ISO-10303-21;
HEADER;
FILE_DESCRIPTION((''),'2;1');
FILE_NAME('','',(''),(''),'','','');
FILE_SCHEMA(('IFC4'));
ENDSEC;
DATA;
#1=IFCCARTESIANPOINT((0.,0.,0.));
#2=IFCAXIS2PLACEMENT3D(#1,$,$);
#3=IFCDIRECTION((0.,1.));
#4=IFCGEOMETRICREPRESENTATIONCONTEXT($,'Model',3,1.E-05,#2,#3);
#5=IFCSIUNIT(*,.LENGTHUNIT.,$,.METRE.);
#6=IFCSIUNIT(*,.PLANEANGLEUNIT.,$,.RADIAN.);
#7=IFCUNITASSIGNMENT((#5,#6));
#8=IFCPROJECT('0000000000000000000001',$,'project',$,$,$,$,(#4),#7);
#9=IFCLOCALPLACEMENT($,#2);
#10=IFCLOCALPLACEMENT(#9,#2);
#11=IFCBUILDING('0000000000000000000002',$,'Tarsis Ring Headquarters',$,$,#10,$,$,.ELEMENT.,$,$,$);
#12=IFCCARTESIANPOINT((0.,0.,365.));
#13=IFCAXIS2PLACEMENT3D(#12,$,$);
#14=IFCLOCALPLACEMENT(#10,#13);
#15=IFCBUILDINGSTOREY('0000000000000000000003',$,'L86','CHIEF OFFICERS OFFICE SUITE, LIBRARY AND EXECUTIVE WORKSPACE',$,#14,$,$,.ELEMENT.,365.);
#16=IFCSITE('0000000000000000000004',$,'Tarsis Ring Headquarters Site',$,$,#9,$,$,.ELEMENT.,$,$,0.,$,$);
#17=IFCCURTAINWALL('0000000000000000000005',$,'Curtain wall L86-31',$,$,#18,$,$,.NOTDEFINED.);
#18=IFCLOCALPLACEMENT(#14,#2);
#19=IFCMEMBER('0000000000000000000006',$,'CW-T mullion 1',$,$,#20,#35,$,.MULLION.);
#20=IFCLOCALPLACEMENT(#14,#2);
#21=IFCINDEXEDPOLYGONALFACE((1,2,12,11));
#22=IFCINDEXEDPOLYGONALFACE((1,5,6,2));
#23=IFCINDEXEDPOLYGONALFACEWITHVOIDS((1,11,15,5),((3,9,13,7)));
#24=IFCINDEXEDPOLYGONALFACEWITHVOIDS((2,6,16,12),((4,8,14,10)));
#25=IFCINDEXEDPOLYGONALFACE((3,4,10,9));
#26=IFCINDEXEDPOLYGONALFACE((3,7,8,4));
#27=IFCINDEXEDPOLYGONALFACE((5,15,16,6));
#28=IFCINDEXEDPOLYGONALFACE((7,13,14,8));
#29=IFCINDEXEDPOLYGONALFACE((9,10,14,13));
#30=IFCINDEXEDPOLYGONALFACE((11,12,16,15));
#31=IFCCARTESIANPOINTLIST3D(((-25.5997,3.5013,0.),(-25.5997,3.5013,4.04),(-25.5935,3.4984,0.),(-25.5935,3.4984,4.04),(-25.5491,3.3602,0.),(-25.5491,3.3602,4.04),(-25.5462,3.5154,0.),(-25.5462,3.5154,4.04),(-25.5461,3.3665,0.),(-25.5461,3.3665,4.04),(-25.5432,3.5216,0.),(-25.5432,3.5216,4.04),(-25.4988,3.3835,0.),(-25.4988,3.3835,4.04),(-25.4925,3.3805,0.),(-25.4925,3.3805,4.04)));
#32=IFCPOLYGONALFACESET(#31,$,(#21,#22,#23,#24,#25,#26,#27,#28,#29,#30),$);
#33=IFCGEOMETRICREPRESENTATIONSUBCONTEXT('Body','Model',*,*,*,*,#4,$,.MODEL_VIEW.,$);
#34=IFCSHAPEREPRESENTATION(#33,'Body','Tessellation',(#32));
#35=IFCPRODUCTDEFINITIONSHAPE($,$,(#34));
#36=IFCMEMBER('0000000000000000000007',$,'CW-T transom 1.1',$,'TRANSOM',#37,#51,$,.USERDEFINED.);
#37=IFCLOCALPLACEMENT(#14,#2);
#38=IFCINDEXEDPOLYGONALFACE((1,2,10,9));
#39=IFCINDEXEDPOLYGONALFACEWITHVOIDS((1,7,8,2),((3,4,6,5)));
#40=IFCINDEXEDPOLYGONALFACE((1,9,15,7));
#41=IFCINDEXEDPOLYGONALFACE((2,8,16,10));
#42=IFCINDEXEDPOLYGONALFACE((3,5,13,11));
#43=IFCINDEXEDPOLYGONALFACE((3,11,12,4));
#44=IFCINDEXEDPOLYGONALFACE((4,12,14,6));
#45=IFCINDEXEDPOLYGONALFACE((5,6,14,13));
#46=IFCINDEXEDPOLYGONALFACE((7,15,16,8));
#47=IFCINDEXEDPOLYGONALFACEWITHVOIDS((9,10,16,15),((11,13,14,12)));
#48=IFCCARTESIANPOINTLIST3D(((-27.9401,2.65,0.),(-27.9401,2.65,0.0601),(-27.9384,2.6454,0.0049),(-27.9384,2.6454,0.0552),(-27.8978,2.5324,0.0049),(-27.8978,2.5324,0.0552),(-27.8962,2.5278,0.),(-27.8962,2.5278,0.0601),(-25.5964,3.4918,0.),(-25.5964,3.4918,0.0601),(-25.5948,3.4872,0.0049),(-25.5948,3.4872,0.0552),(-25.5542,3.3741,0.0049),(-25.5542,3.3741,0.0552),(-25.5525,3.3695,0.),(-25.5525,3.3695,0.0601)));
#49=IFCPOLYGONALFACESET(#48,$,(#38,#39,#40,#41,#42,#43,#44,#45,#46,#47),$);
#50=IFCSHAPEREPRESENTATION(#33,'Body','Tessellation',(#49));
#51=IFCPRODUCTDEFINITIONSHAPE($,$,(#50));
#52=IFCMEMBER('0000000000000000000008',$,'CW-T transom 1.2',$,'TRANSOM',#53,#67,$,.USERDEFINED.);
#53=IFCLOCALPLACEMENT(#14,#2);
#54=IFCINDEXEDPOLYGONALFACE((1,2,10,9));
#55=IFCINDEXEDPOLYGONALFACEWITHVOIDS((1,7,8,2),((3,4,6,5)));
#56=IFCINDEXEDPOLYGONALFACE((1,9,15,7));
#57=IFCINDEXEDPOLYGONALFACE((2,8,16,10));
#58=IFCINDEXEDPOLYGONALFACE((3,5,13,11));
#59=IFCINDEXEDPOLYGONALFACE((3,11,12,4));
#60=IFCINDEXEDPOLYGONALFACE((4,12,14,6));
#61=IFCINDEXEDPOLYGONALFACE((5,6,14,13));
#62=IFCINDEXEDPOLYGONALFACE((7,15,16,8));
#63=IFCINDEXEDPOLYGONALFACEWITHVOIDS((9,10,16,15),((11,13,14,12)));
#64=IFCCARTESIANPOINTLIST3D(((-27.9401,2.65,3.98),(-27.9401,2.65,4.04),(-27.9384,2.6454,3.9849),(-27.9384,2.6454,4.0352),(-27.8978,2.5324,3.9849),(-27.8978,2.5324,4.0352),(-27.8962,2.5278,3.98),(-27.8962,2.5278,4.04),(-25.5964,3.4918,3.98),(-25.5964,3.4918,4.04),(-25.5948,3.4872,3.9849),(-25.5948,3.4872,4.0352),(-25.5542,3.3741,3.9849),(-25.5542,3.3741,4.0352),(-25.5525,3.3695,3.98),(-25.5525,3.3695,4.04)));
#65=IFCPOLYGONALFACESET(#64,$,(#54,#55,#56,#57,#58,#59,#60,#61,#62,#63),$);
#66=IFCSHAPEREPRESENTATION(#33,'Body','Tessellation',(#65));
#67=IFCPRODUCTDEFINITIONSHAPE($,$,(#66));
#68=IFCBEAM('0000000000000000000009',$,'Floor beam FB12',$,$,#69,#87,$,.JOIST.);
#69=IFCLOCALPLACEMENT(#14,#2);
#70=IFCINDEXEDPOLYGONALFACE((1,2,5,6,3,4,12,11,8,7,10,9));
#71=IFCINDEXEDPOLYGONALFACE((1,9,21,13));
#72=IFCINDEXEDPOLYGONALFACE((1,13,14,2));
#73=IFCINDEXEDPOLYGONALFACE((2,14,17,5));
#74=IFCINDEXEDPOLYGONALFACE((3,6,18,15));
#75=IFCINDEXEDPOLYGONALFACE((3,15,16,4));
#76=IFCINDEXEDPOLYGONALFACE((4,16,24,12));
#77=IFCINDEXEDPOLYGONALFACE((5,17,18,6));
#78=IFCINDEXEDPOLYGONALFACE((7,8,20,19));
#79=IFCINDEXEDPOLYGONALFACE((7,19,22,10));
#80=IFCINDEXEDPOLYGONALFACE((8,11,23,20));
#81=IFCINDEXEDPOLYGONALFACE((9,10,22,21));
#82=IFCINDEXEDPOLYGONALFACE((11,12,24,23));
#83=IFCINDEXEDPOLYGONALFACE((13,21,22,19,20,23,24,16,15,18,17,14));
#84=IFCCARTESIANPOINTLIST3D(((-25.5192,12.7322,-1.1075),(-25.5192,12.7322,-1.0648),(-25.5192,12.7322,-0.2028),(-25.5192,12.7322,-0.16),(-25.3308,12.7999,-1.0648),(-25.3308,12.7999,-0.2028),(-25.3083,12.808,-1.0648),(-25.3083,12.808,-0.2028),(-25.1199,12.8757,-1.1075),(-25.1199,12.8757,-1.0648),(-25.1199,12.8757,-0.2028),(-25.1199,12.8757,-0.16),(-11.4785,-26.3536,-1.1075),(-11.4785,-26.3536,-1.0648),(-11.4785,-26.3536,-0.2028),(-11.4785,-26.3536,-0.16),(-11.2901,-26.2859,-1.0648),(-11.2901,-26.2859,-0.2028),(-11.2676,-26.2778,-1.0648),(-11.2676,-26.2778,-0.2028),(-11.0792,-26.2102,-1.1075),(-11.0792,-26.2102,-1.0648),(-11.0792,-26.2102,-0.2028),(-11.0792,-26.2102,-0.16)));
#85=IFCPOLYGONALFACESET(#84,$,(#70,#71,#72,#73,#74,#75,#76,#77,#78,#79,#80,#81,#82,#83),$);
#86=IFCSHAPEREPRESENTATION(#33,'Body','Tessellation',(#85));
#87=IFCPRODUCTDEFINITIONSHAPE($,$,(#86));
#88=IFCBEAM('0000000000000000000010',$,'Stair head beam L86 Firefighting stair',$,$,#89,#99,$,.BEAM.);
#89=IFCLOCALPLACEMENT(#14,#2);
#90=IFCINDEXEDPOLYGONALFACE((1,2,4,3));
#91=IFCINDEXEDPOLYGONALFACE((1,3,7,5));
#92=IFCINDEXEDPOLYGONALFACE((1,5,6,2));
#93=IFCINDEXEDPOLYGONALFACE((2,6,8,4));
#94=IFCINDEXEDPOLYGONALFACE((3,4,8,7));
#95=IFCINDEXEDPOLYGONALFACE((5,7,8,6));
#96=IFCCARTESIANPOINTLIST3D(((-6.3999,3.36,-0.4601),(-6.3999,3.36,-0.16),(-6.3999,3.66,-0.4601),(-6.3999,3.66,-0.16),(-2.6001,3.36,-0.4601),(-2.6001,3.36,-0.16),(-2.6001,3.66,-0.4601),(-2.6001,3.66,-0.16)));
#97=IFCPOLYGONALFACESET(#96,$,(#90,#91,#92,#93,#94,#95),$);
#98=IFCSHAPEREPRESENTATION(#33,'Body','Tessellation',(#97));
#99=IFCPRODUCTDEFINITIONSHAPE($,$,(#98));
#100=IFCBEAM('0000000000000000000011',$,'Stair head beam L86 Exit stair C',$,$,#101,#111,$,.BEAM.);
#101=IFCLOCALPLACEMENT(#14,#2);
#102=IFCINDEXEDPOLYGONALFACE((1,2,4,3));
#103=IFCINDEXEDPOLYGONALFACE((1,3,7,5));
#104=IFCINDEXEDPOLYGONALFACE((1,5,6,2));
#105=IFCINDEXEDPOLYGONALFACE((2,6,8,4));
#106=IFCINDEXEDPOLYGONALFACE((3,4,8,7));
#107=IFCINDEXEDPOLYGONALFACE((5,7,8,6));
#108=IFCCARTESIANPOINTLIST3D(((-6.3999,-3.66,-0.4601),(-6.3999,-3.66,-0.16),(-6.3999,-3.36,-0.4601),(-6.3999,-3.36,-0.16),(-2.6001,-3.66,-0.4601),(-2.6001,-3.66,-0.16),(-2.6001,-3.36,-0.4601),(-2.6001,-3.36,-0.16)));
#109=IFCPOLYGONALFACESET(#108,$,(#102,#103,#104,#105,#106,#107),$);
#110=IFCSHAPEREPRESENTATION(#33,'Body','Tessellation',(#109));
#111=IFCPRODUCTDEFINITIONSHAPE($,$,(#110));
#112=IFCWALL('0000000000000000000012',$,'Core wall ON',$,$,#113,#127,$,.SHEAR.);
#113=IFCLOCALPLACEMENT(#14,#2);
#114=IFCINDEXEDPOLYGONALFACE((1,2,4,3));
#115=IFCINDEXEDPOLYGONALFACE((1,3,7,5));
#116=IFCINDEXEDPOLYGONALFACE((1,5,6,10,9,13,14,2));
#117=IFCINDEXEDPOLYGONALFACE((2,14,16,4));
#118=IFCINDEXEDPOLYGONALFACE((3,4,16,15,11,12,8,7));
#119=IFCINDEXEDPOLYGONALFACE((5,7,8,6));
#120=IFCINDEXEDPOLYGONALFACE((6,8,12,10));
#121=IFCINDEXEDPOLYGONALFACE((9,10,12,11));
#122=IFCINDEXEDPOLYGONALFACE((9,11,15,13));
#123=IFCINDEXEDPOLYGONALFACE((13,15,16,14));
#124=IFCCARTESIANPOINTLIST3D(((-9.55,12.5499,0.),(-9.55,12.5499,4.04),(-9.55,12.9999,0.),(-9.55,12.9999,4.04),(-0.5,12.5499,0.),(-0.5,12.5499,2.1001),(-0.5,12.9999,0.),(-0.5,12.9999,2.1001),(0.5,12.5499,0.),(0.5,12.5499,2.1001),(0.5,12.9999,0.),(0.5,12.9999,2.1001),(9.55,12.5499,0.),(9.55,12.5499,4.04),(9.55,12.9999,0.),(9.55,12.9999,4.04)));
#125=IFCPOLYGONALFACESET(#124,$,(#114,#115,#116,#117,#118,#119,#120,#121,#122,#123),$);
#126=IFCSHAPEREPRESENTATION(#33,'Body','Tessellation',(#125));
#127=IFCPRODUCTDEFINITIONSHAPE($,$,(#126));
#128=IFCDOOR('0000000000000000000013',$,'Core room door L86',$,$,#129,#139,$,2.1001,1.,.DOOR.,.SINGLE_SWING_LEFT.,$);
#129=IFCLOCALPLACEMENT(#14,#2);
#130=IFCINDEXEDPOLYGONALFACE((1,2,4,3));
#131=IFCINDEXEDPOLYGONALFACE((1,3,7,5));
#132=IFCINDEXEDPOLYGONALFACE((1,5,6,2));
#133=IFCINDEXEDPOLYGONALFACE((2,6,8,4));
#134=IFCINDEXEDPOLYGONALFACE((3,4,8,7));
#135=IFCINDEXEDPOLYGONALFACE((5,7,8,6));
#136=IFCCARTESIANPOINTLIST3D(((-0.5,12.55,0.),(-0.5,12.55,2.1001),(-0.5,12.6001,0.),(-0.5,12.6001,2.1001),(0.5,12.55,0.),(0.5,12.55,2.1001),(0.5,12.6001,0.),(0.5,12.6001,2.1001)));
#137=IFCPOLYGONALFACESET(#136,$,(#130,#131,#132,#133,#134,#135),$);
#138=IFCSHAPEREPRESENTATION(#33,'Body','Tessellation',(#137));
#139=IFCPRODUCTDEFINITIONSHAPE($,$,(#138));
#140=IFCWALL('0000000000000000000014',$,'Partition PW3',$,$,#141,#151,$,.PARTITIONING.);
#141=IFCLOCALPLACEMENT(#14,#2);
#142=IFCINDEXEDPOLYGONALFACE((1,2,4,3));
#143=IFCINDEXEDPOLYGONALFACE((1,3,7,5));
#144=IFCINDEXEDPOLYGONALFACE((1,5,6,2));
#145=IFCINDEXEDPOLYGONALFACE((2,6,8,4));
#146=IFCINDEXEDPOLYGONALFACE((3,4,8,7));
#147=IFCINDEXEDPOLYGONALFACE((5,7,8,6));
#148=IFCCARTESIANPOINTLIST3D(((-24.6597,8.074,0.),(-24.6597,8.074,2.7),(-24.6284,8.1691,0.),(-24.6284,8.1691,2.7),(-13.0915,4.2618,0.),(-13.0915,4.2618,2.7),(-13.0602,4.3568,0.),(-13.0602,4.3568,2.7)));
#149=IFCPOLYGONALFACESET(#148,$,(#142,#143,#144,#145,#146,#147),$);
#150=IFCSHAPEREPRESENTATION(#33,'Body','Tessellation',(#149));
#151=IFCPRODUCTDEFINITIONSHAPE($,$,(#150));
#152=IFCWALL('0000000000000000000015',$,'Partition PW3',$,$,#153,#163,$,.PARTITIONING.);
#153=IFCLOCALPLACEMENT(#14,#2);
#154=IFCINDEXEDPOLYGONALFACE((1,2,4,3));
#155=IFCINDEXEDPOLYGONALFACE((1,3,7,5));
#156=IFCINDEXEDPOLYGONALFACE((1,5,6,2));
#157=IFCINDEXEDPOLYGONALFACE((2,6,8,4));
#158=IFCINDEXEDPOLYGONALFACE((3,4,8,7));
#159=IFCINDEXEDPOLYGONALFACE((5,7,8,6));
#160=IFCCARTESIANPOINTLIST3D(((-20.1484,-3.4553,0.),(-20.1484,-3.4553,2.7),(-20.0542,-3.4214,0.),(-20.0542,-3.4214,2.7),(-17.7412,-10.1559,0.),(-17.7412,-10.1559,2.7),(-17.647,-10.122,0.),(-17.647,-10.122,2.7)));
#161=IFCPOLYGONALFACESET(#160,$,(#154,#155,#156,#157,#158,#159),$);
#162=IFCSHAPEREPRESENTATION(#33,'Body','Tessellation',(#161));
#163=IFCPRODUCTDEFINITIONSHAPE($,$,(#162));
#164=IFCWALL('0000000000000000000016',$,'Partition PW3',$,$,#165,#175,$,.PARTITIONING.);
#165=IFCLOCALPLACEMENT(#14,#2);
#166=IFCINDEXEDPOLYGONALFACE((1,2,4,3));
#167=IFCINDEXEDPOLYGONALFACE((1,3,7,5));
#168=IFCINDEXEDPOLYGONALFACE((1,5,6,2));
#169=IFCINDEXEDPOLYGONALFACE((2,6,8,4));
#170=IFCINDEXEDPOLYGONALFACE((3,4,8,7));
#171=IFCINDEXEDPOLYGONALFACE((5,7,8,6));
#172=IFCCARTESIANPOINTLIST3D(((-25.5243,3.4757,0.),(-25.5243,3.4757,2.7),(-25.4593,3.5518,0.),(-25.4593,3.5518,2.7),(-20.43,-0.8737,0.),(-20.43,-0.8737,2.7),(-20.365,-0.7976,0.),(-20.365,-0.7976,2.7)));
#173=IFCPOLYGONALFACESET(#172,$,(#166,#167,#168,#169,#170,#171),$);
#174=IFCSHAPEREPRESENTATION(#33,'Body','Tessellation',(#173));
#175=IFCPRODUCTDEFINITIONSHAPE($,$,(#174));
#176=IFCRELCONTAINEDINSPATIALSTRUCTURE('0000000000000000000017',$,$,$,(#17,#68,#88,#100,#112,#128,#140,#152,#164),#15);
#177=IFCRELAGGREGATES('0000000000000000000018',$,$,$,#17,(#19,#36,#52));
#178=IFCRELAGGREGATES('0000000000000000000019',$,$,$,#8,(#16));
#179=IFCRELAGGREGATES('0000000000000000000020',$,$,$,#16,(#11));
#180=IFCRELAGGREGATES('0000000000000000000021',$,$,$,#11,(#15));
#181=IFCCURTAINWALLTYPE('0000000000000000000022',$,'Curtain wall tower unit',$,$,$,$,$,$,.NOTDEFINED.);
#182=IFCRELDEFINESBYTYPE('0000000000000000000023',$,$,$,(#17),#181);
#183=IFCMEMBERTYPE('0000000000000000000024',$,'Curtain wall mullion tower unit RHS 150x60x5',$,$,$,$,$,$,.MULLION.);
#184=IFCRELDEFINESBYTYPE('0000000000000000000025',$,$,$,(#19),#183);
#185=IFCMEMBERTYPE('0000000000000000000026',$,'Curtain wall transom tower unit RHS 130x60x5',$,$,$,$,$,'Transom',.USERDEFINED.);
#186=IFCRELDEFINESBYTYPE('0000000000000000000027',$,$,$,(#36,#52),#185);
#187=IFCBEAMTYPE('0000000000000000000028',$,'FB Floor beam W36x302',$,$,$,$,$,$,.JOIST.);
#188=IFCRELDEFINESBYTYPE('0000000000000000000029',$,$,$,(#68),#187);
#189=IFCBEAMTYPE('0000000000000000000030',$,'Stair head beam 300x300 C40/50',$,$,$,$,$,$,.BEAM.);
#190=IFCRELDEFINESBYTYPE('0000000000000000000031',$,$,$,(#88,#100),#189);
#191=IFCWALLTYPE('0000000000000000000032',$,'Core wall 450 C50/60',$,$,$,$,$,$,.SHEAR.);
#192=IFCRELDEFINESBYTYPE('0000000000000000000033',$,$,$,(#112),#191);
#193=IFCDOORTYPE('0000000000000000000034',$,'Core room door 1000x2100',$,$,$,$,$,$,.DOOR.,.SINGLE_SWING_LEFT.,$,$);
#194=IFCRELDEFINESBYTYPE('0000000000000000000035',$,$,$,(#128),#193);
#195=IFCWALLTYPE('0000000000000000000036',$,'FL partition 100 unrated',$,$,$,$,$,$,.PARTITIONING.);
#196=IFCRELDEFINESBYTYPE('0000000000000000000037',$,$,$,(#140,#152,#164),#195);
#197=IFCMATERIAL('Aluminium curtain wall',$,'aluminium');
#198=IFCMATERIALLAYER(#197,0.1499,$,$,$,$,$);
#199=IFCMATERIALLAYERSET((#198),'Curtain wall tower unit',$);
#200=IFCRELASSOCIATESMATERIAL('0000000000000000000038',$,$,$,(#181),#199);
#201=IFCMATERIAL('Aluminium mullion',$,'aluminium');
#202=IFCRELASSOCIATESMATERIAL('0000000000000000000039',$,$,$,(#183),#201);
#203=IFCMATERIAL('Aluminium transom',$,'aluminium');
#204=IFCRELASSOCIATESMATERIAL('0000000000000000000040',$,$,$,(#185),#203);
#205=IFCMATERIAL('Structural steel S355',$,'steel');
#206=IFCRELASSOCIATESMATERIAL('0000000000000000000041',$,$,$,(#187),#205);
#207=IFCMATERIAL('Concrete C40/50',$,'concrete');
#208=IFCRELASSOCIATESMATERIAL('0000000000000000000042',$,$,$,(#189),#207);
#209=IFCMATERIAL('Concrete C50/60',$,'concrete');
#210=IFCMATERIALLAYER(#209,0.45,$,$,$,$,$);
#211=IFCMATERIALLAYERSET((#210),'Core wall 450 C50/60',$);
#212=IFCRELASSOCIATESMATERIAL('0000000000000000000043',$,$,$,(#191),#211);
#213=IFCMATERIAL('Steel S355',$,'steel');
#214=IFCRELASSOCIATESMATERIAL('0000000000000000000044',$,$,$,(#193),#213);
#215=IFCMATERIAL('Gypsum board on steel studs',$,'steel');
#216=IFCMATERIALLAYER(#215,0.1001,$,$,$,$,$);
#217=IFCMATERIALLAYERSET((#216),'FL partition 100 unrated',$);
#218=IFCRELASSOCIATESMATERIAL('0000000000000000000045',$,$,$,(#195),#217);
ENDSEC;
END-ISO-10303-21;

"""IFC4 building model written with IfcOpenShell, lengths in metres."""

from ifc_helpers import new_model, si_unit, direction, frame, frame_2d, origin, origin_2d, place, context, subcontext, project, spatial, rectangle, hollow_rectangle, i_section, extrude, material, layer, layer_set, material_profile, profile_set, type_object, element, fill, aggregate, save


model = new_model("IFC4")

# Units and contexts
model_context = context("Model", 3, precision=1e-05, world=origin(), true_north=direction((0.0, 1.0)))
body_context = subcontext(model_context, "Body", "Model", "MODEL_VIEW")
ifc_project = project(units=[si_unit("LENGTHUNIT", "METRE"), si_unit("PLANEANGLEUNIT", "RADIAN")], contexts=[model_context])

# Site, building, storey
site_placement = place(None, origin())
site = spatial("IfcSite", under=ifc_project, at=site_placement, Name="Tarsis Ring Headquarters Site", CompositionType="ELEMENT", RefElevation=0.0)
building_placement = place(site_placement, origin())
building = spatial("IfcBuilding", under=site, at=building_placement, Name="Tarsis Ring Headquarters", CompositionType="ELEMENT")
storey_placement = place(building_placement, frame((0.0, 0.0, 365.0)))
storey = spatial("IfcBuildingStorey", under=building, at=storey_placement, Name="L86", Description="CHIEF OFFICERS OFFICE SUITE, LIBRARY AND EXECUTIVE WORKSPACE", CompositionType="ELEMENT", Elevation=365.0)

# Curtain wall, members
ifc_material_1 = material(Name="Aluminium curtain wall", Category="aluminium")
ifc_layer_1 = layer(ifc_material_1, 0.1499)
ifc_layer_set_1 = layer_set([ifc_layer_1], Name="Curtain wall tower unit")
curtain_wall_type = type_object("IfcCurtainWallType", Name="Curtain wall tower unit", PredefinedType="NOTDEFINED", material=ifc_layer_set_1)
curtain_wall_placement = place(storey_placement, origin())
curtain_wall = element("IfcCurtainWall", 1, at=curtain_wall_placement, inside=storey, type_object=curtain_wall_type, Name="Curtain wall L86-31", PredefinedType="NOTDEFINED")
ifc_material_2 = material(Name="Aluminium mullion", Category="aluminium")
ifc_material_profile_1 = material_profile(ifc_material_2, hollow_rectangle(XDim=0.1499, YDim=0.0601, WallThickness=0.0049, at=origin_2d()), Name="RHS 150x60x5")
ifc_profile_set_1 = profile_set([ifc_material_profile_1], Name="Aluminium mullion")
member_type_1 = type_object("IfcMemberType", Name="Curtain wall mullion tower unit RHS 150x60x5", PredefinedType="MULLION", material=ifc_profile_set_1)
member_1_placement = place(storey_placement, frame((-25.5461, 3.4409, 0.0), z_axis=(0.0, 0.0, 1.0), x_axis=(0.338081, -0.941117, 0.0)))
member_1 = element("IfcMember", 2, at=member_1_placement, type_object=member_type_1, Name="CW-T mullion 1", PredefinedType="MULLION", context=body_context, shape_type="SweptSolid", body=[
    extrude(hollow_rectangle(XDim=0.1499, YDim=0.0601, WallThickness=0.0049, at=origin_2d()), origin(), (0.0, 0.0, 1.0), 4.04),
])
ifc_material_3 = material(Name="Aluminium transom", Category="aluminium")
ifc_material_profile_2 = material_profile(ifc_material_3, hollow_rectangle(XDim=0.1299, YDim=0.0601, WallThickness=0.0049, at=origin_2d()), Name="RHS 130x60x5")
ifc_profile_set_2 = profile_set([ifc_material_profile_2], Name="Aluminium transom")
member_type_2 = type_object("IfcMemberType", Name="Curtain wall transom tower unit RHS 130x60x5", ElementType="Transom", PredefinedType="USERDEFINED", material=ifc_profile_set_2)
member_2_placement = place(storey_placement, frame((-25.5745, 3.4307, 0.03), z_axis=(-0.941137, -0.338025, 0.0), x_axis=(0.338025, -0.941137, 0.0)))
member_2 = element("IfcMember", 3, at=member_2_placement, type_object=member_type_2, Name="CW-T transom 1.1", ObjectType="TRANSOM", PredefinedType="USERDEFINED", context=body_context, shape_type="SweptSolid", body=[
    extrude(hollow_rectangle(XDim=0.1299, YDim=0.0601, WallThickness=0.0049, at=origin_2d()), origin(), (0.0, 0.0, 1.0), 2.4902),
])
member_3_placement = place(storey_placement, frame((-25.5745, 3.4307, 4.01), z_axis=(-0.941137, -0.338025, 0.0), x_axis=(0.338025, -0.941137, 0.0)))
member_3 = element("IfcMember", 4, at=member_3_placement, type_object=member_type_2, Name="CW-T transom 1.2", ObjectType="TRANSOM", PredefinedType="USERDEFINED", context=body_context, shape_type="SweptSolid", body=[
    extrude(hollow_rectangle(XDim=0.1299, YDim=0.0601, WallThickness=0.0049, at=origin_2d()), origin(), (0.0, 0.0, 1.0), 2.4902),
])
aggregate(curtain_wall, [member_1, member_2, member_3])

# Beams
ifc_material_4 = material(Name="Structural steel S355", Category="steel")
ifc_material_profile_3 = material_profile(ifc_material_4, i_section(OverallWidth=0.4243, OverallDepth=0.9475, WebThickness=0.0239, FlangeThickness=0.0427, at=origin_2d()), Name="W36x302")
ifc_profile_set_3 = profile_set([ifc_material_profile_3], Name="Structural steel S355")
beam_type_1 = type_object("IfcBeamType", Name="FB Floor beam W36x302", PredefinedType="JOIST", material=ifc_profile_set_3)
beam_placement = place(storey_placement, frame((-25.3196, 12.804, -0.6338), z_axis=(0.338076, -0.941119, 0.0), x_axis=(0.941119, 0.338076, 0.0)))
element("IfcBeam", 5, at=beam_placement, inside=storey, type_object=beam_type_1, Name="Floor beam FB12", PredefinedType="JOIST", context=body_context, shape_type="SweptSolid", body=[
    extrude(i_section(OverallWidth=0.4243, OverallDepth=0.9475, WebThickness=0.0239, FlangeThickness=0.0427, at=origin_2d()), origin(), (0.0, 0.0, 1.0), 41.5312),
])
ifc_material_5 = material(Name="Concrete C40/50", Category="concrete")
ifc_material_profile_4 = material_profile(ifc_material_5, rectangle(XDim=0.3, YDim=0.3, at=origin_2d()), Name="Stair head beam 300x300 C40/50")
ifc_profile_set_4 = profile_set([ifc_material_profile_4], Name="Concrete C40/50")
beam_type_2 = type_object("IfcBeamType", Name="Stair head beam 300x300 C40/50", PredefinedType="BEAM", material=ifc_profile_set_4)
for number, where, z_axis, x_axis, name in (
    (6, (-6.3999, 3.51, -0.3101), (1.0, 0.0, 0.0), (0.0, 1.0, 0.0), "Stair head beam L86 Firefighting stair"),
    (7, (-6.3999, -3.51, -0.3101), (1.0, 0.0, 0.0), (0.0, 1.0, 0.0), "Stair head beam L86 Exit stair C"),
):
    element("IfcBeam", number, at=place(storey_placement, frame(where, z_axis=z_axis, x_axis=x_axis)), inside=storey, type_object=beam_type_2, Name=name, PredefinedType="BEAM", context=body_context, shape_type="SweptSolid", body=[
        extrude(rectangle(XDim=0.3, YDim=0.3, at=origin_2d()), origin(), (0.0, 0.0, 1.0), 3.7998),
    ])

# Wall, opening, door
ifc_material_6 = material(Name="Concrete C50/60", Category="concrete")
ifc_layer_2 = layer(ifc_material_6, 0.45)
ifc_layer_set_2 = layer_set([ifc_layer_2], Name="Core wall 450 C50/60")
wall_type_1 = type_object("IfcWallType", Name="Core wall 450 C50/60", PredefinedType="SHEAR", material=ifc_layer_set_2)
wall_1_placement = place(storey_placement, frame((-9.55, 12.7749, 0.0), z_axis=(0.0, 0.0, 1.0), x_axis=(1.0, 0.0, 0.0)))
wall_1 = element("IfcWall", 8, at=wall_1_placement, inside=storey, type_object=wall_type_1, Name="Core wall ON", PredefinedType="SHEAR", context=body_context, shape_type="SweptSolid", body=[
    extrude(rectangle(XDim=19.1001, YDim=0.45, at=frame_2d((9.55, 0.0))), origin(), (0.0, 0.0, 1.0), 4.04),
])
opening_1_placement = place(wall_1_placement, frame((9.05, 0.0, 0.0)))
opening_1 = element("IfcOpeningElement", 9, at=opening_1_placement, cuts=wall_1, PredefinedType="OPENING", context=body_context, shape_type="SweptSolid", body=[
    extrude(rectangle(XDim=1.0, YDim=2.1001, at=frame_2d((0.5, 1.05))), frame((0.0, 0.2349, 0.0), z_axis=(0.0, -1.0, 0.0), x_axis=(1.0, 0.0, 0.0)), (0.0, 0.0, 1.0), 0.47),
])
ifc_material_7 = material(Name="Steel S355", Category="steel")
door_type_1 = type_object("IfcDoorType", Name="Core room door 1000x2100", OperationType="SINGLE_SWING_LEFT", PredefinedType="DOOR", material=ifc_material_7)
door_1_placement = place(opening_1_placement, origin())
door_1 = element("IfcDoor", 10, at=door_1_placement, inside=storey, type_object=door_type_1, Name="Core room door L86", OperationType="SINGLE_SWING_LEFT", OverallHeight=2.1001, OverallWidth=1.0, PredefinedType="DOOR", context=body_context, shape_type="SweptSolid", body=[
    extrude(rectangle(XDim=1.0, YDim=2.1001, at=frame_2d((0.5, 1.05))), frame((0.0, -0.1748, 0.0), z_axis=(0.0, -1.0, 0.0), x_axis=(1.0, 0.0, 0.0)), (0.0, 0.0, 1.0), 0.05),
])
fill(opening_1, door_1)

# Walls
ifc_material_8 = material(Name="Gypsum board on steel studs", Category="steel")
ifc_layer_3 = layer(ifc_material_8, 0.1001)
ifc_layer_set_3 = layer_set([ifc_layer_3], Name="FL partition 100 unrated")
wall_type_2 = type_object("IfcWallType", Name="FL partition 100 unrated", PredefinedType="PARTITIONING", material=ifc_layer_set_3)
wall_2_placement = place(storey_placement, frame((-24.644, 8.1216, 0.0), z_axis=(0.0, 0.0, 1.0), x_axis=(0.949756, -0.312991, 0.0)))
element("IfcWall", 11, at=wall_2_placement, inside=storey, type_object=wall_type_2, Name="Partition PW3", PredefinedType="PARTITIONING", context=body_context, shape_type="SweptSolid", body=[
    extrude(rectangle(XDim=12.1802, YDim=0.1001, at=frame_2d((6.0901, 0.0))), origin(), (0.0, 0.0, 1.0), 2.7),
])
wall_3_placement = place(storey_placement, frame((-20.1013, -3.4382, 0.0), z_axis=(0.0, 0.0, 1.0), x_axis=(0.338095, -0.941112, 0.0)))
element("IfcWall", 12, at=wall_3_placement, inside=storey, type_object=wall_type_2, Name="Partition PW3", PredefinedType="PARTITIONING", context=body_context, shape_type="SweptSolid", body=[
    extrude(rectangle(XDim=7.1199, YDim=0.1001, at=frame_2d((3.5601, 0.0))), origin(), (0.0, 0.0, 1.0), 2.7),
])
wall_4_placement = place(storey_placement, frame((-25.4917, 3.5137, 0.0), z_axis=(0.0, 0.0, 1.0), x_axis=(0.760518, -0.649316, 0.0)))
element("IfcWall", 13, at=wall_4_placement, inside=storey, type_object=wall_type_2, Name="Partition PW3", PredefinedType="PARTITIONING", context=body_context, shape_type="SweptSolid", body=[
    extrude(rectangle(XDim=6.6985, YDim=0.1001, at=frame_2d((3.3491, 0.0))), origin(), (0.0, 0.0, 1.0), 2.7),
])

save(model, "model.ifc")
